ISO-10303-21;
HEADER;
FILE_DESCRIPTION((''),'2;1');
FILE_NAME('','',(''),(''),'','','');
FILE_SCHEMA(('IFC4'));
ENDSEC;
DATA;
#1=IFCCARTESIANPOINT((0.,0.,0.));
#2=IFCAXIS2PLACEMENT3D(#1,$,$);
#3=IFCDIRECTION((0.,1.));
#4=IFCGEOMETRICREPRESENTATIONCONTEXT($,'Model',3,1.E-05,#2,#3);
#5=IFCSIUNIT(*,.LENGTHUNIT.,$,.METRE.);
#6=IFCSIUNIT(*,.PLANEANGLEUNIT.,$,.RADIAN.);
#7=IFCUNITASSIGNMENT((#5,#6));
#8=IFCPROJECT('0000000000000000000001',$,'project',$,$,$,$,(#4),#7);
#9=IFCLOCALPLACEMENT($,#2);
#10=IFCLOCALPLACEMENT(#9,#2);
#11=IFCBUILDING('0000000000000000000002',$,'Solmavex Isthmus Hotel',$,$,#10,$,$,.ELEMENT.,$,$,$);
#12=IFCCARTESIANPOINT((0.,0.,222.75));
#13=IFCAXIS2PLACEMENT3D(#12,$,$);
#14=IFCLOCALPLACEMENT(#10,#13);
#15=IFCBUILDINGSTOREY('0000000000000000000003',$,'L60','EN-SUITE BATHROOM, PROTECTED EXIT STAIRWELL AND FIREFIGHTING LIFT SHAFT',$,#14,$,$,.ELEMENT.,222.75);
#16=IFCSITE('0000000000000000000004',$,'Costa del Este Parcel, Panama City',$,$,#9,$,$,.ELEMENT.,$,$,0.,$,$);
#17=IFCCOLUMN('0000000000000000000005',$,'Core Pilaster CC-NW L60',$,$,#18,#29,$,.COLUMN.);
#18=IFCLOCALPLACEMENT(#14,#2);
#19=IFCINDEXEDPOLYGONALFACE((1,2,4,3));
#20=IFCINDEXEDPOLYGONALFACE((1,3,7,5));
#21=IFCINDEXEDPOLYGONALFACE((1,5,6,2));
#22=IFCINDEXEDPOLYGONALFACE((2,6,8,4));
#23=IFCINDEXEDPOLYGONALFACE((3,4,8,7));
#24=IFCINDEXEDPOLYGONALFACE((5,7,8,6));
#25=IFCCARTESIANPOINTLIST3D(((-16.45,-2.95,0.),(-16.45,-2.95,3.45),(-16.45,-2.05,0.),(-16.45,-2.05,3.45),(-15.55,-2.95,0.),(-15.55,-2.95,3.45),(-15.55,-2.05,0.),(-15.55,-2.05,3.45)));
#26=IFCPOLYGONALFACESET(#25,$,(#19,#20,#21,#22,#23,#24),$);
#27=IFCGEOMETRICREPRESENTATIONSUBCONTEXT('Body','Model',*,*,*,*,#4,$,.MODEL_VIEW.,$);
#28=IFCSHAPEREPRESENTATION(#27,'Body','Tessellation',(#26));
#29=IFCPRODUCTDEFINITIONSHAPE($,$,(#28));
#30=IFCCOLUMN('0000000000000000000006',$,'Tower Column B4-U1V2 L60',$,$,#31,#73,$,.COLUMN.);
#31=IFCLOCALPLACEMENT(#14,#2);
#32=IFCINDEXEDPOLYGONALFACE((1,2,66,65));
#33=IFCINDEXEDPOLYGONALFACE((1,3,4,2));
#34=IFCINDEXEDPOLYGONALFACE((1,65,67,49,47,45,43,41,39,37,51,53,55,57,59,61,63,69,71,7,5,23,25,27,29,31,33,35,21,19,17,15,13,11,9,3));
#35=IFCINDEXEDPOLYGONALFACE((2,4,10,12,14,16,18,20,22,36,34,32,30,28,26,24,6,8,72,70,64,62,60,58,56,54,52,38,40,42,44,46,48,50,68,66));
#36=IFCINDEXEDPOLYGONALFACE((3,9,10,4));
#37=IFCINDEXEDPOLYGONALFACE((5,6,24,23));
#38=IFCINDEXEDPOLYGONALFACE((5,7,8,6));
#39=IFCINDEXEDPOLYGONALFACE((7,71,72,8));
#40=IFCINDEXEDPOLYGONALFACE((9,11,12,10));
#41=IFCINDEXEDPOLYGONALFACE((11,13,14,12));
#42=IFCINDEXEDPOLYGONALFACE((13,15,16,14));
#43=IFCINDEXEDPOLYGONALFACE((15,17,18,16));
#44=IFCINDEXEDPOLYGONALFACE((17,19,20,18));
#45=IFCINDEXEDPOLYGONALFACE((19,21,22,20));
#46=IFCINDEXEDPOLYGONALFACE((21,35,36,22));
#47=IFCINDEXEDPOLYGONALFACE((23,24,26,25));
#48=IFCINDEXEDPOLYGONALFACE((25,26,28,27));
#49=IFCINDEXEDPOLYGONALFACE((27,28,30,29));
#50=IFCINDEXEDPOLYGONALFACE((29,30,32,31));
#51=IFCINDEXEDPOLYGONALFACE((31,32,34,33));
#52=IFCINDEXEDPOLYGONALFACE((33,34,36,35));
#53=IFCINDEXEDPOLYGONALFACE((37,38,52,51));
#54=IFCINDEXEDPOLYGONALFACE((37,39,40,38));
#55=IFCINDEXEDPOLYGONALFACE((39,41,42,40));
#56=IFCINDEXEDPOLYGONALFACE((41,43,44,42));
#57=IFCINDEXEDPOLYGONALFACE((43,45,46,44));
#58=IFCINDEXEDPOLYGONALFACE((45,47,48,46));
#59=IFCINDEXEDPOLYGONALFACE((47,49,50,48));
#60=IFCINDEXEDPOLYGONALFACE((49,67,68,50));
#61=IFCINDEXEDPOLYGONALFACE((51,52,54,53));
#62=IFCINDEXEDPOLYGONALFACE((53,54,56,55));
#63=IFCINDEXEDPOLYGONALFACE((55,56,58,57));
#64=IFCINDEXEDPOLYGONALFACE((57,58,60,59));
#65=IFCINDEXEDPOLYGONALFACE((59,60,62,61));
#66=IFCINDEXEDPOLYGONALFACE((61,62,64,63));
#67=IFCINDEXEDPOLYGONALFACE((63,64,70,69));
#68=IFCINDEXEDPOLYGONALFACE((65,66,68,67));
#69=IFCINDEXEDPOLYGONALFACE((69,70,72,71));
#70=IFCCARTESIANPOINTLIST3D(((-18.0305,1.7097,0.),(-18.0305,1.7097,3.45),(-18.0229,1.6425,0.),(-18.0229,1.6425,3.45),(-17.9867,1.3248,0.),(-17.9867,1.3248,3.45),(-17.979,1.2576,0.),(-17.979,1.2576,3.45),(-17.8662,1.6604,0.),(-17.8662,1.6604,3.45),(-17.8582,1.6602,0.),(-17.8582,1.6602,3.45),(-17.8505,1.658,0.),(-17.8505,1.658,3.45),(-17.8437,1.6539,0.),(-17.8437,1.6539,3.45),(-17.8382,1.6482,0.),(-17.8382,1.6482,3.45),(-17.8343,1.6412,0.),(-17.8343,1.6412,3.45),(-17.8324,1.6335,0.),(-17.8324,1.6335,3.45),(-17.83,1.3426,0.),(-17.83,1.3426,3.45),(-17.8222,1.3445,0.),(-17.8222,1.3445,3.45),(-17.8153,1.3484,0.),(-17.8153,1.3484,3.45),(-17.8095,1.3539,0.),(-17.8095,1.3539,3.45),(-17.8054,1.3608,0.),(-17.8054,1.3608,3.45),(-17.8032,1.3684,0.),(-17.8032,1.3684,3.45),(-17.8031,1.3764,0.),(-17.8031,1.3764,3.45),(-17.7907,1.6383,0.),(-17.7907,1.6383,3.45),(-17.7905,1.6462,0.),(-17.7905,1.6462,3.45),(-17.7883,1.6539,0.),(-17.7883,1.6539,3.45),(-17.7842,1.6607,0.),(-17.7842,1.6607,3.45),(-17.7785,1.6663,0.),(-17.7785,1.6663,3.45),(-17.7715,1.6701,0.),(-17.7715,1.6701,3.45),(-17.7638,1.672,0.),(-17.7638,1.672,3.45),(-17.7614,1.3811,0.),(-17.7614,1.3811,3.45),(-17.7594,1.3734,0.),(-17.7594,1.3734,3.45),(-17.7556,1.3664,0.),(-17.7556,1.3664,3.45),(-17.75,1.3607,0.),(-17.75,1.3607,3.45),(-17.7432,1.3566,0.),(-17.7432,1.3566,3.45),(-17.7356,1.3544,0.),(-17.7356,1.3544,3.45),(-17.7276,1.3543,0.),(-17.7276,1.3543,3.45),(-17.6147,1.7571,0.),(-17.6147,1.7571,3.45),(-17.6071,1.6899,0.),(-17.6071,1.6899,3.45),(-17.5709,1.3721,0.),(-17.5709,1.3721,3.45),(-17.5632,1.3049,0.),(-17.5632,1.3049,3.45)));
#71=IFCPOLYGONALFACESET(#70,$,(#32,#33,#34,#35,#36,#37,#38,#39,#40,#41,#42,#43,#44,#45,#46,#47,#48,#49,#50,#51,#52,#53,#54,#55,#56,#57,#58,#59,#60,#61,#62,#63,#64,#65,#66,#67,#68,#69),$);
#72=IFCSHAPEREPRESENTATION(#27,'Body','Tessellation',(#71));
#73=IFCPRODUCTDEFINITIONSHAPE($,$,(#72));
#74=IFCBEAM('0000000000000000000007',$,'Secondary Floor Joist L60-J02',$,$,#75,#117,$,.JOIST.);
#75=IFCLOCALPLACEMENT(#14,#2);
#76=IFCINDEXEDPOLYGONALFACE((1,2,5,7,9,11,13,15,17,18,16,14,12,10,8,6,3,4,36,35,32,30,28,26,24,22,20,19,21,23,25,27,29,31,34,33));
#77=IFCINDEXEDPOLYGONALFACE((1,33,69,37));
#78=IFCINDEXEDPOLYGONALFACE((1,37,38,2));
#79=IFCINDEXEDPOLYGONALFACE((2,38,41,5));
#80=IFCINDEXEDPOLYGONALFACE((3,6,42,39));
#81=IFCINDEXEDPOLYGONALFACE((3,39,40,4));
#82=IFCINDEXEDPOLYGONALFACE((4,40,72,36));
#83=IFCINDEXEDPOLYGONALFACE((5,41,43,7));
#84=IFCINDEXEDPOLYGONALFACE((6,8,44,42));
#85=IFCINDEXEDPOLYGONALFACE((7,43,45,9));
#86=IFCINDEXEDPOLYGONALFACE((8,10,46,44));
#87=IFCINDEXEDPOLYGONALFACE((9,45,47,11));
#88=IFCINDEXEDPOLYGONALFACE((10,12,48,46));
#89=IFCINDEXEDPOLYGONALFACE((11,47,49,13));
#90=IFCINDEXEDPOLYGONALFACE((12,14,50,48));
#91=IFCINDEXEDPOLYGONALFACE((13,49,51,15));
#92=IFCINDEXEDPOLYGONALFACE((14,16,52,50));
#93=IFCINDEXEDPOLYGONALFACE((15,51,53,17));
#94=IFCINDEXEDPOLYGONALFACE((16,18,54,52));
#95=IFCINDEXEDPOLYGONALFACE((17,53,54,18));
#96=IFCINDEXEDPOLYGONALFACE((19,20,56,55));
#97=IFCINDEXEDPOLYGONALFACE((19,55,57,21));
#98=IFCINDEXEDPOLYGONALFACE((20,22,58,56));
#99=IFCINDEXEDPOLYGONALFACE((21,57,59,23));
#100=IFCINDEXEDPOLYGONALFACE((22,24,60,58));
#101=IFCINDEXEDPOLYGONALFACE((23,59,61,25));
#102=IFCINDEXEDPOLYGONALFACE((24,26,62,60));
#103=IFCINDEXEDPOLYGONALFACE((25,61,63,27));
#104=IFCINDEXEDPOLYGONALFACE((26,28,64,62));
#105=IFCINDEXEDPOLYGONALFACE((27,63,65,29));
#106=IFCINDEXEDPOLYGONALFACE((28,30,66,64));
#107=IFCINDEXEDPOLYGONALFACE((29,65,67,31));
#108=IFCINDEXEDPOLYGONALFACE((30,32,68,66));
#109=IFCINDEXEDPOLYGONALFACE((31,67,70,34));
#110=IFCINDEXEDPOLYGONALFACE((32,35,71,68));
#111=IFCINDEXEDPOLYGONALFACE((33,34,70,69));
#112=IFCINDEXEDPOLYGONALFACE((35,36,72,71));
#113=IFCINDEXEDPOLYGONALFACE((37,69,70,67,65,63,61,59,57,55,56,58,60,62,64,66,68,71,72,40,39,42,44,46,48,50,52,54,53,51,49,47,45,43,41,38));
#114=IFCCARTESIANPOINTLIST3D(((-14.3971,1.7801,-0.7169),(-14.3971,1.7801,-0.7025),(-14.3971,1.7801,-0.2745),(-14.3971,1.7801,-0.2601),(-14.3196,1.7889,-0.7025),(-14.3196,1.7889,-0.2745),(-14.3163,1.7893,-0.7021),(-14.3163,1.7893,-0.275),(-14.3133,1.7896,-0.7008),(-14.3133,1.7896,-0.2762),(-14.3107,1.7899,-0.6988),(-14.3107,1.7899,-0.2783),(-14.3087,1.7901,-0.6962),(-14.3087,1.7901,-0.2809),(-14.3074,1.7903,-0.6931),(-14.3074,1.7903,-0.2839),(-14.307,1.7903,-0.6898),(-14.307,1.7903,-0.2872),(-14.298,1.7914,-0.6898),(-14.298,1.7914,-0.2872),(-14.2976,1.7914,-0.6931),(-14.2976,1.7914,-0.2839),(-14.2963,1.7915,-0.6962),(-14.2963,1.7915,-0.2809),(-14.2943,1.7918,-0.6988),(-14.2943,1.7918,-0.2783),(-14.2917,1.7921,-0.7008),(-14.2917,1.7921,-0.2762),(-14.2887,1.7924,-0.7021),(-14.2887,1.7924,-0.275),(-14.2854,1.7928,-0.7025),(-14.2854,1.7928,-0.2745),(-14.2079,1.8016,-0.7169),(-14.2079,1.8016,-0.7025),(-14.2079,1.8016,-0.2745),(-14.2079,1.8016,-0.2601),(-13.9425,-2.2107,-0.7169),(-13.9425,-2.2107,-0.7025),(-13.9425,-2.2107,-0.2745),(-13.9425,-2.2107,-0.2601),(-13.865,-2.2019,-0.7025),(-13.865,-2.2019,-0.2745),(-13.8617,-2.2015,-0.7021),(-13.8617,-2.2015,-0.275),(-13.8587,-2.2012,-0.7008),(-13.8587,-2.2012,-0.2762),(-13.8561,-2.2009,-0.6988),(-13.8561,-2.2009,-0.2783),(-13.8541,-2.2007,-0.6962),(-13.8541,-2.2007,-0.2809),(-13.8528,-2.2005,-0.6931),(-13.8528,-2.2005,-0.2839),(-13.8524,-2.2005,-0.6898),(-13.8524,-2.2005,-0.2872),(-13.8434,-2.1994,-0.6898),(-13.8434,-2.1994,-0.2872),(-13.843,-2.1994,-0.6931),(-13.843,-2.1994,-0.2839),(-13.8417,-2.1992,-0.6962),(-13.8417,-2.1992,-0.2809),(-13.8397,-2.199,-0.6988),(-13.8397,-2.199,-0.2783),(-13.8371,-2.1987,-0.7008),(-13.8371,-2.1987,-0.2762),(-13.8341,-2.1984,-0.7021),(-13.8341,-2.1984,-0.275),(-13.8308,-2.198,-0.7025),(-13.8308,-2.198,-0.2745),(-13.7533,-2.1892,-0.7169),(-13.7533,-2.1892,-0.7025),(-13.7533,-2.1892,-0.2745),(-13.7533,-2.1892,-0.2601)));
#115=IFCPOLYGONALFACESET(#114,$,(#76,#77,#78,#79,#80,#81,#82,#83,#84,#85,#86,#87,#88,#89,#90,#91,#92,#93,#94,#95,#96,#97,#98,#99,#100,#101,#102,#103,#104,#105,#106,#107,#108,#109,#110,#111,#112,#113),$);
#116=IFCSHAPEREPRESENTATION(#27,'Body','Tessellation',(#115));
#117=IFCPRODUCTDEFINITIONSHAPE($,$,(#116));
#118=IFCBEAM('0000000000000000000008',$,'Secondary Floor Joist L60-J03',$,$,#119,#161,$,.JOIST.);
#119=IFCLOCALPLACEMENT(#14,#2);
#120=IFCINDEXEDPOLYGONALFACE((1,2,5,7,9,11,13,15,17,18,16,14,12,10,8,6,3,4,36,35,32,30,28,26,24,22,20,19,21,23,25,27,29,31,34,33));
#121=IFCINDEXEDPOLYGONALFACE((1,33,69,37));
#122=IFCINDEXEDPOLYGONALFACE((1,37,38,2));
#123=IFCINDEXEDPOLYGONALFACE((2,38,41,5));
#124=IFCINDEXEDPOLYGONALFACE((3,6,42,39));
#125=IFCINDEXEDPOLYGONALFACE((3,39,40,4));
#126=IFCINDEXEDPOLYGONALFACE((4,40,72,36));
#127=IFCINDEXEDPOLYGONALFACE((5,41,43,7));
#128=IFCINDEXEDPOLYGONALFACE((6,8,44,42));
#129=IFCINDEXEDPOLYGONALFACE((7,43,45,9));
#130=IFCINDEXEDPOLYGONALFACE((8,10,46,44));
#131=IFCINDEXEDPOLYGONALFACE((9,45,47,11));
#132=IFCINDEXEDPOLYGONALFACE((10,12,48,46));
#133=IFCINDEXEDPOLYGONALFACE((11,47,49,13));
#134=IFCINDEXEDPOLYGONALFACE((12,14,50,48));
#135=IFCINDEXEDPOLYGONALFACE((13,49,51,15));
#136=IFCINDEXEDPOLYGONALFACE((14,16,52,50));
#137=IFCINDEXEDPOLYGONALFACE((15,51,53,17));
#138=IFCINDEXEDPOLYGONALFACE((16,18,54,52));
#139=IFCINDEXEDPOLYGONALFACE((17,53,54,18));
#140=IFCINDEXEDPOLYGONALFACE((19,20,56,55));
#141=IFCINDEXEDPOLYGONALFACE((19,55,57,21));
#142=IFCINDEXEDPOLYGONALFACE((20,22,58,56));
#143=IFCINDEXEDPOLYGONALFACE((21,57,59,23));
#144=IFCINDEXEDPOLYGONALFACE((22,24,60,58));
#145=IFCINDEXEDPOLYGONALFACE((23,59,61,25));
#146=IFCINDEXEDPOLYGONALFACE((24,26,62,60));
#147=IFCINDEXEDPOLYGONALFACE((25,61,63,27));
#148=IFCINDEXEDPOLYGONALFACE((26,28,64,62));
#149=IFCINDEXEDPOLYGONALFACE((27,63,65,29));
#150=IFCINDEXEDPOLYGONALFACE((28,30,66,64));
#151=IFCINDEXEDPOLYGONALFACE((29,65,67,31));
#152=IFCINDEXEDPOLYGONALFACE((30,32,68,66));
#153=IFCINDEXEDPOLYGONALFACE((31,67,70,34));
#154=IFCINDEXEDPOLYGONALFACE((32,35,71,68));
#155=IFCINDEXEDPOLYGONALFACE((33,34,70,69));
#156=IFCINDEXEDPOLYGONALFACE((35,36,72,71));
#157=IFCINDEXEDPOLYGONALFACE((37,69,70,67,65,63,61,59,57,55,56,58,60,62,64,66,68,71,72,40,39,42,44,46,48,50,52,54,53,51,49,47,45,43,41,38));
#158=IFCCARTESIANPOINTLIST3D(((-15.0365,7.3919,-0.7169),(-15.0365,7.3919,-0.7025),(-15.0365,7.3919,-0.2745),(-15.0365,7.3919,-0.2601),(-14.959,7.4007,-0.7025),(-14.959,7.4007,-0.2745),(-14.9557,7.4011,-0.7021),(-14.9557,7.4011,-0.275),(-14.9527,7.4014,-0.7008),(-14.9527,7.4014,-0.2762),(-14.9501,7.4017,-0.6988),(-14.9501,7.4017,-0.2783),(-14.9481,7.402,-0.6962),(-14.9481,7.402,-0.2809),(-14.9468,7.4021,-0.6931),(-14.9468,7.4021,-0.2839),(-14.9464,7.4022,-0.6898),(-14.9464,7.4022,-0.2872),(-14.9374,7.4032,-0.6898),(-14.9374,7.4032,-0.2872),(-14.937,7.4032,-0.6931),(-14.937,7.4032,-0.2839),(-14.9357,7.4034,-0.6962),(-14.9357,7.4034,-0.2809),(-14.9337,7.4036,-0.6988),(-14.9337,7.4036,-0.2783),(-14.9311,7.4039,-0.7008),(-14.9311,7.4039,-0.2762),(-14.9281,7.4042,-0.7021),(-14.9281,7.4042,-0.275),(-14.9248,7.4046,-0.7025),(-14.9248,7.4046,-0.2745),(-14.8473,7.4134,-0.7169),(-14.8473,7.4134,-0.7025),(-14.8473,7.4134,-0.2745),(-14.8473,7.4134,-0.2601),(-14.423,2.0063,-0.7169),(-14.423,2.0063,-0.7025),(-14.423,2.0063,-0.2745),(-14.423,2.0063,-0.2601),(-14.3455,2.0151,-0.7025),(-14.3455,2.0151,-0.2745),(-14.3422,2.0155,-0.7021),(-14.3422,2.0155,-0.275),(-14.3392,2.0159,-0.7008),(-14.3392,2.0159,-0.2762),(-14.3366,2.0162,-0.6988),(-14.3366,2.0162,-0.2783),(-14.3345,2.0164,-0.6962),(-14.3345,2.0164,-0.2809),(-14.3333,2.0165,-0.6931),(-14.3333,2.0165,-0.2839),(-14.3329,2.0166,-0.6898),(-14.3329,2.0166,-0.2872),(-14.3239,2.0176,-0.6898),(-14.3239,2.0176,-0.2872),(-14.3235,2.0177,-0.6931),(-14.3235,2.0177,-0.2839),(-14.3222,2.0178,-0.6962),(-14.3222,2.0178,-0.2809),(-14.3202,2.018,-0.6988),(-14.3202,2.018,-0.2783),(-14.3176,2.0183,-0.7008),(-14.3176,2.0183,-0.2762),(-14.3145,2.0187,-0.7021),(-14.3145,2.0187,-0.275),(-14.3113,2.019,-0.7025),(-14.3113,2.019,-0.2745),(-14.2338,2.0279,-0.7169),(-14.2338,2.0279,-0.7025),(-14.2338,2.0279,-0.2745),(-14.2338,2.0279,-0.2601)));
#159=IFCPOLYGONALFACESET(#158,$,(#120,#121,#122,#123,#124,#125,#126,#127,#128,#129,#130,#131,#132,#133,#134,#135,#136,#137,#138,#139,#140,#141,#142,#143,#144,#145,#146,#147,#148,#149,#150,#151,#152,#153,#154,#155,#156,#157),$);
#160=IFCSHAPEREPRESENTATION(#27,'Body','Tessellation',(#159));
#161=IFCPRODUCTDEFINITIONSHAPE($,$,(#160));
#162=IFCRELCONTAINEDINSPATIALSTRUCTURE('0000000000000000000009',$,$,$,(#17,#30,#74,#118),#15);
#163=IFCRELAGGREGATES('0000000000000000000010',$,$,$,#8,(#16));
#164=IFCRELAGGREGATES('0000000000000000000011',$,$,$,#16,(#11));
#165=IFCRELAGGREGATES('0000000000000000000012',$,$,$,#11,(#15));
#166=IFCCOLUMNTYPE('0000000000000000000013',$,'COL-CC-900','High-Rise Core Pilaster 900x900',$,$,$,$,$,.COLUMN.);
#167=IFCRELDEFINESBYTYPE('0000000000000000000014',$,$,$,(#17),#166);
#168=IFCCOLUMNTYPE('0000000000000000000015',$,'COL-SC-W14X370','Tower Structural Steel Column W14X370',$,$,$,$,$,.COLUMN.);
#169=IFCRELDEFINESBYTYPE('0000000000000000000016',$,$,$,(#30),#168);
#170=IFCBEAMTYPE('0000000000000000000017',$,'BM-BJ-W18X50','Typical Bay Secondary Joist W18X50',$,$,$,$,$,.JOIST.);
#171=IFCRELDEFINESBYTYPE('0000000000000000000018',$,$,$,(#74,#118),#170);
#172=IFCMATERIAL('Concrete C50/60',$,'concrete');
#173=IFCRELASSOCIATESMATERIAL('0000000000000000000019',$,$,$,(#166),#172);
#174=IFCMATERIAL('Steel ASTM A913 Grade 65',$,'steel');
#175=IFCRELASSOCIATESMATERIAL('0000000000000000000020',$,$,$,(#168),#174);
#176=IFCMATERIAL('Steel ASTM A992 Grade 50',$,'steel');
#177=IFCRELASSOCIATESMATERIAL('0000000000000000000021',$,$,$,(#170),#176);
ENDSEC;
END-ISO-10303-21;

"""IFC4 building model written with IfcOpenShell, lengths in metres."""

from ifc_helpers import new_model, si_unit, direction, frame, origin, origin_2d, place, context, subcontext, project, spatial, rectangle, i_section, extrude, material, material_profile, profile_set, type_object, element, save


model = new_model("IFC4")

# Units and contexts
model_context = context("Model", 3, precision=1e-05, world=origin(), true_north=direction((0.0, 1.0)))
body_context = subcontext(model_context, "Body", "Model", "MODEL_VIEW")
ifc_project = project(units=[si_unit("LENGTHUNIT", "METRE"), si_unit("PLANEANGLEUNIT", "RADIAN")], contexts=[model_context])

# Site, building, storey
site_placement = place(None, origin())
site = spatial("IfcSite", under=ifc_project, at=site_placement, Name="Costa del Este Parcel, Panama City", CompositionType="ELEMENT", RefElevation=0.0)
building_placement = place(site_placement, origin())
building = spatial("IfcBuilding", under=site, at=building_placement, Name="Solmavex Isthmus Hotel", CompositionType="ELEMENT")
storey_placement = place(building_placement, frame((0.0, 0.0, 222.75)))
storey = spatial("IfcBuildingStorey", under=building, at=storey_placement, Name="L60", Description="EN-SUITE BATHROOM, PROTECTED EXIT STAIRWELL AND FIREFIGHTING LIFT SHAFT", CompositionType="ELEMENT", Elevation=222.75)

# Columns
ifc_material_1 = material(Name="Concrete C50/60", Category="concrete")
ifc_material_profile_1 = material_profile(ifc_material_1, rectangle(XDim=0.8999, YDim=0.8999, at=origin_2d()), Name="RC900X900")
ifc_profile_set_1 = profile_set([ifc_material_profile_1], Name="Concrete C50/60")
column_type_1 = type_object("IfcColumnType", Name="COL-CC-900", Description="High-Rise Core Pilaster 900x900", PredefinedType="COLUMN", material=ifc_profile_set_1)
column_1_placement = place(storey_placement, frame((-16.0, -2.5, 0.0), z_axis=(0.0, 0.0, 1.0), x_axis=(1.0, 0.0, 0.0)))
element("IfcColumn", 1, at=column_1_placement, inside=storey, type_object=column_type_1, Name="Core Pilaster CC-NW L60", PredefinedType="COLUMN", context=body_context, shape_type="SweptSolid", body=[
    extrude(rectangle(XDim=0.8999, YDim=0.8999, at=origin_2d()), origin(), (0.0, 0.0, 1.0), 3.45),
])
ifc_material_2 = material(Name="Steel ASTM A913 Grade 65", Category="steel")
ifc_material_profile_2 = material_profile(ifc_material_2, i_section(OverallWidth=0.4185, OverallDepth=0.4551, WebThickness=0.042, FlangeThickness=0.0676, FilletRadius=0.0305, at=origin_2d()), Name="W14X370")
ifc_profile_set_2 = profile_set([ifc_material_profile_2], Name="Steel ASTM A913 Grade 65")
column_type_2 = type_object("IfcColumnType", Name="COL-SC-W14X370", Description="Tower Structural Steel Column W14X370", PredefinedType="COLUMN", material=ifc_profile_set_2)
column_2_placement = place(storey_placement, frame((-17.7969, 1.5073, 0.0), z_axis=(0.0, 0.0, 1.0), x_axis=(0.993572, 0.113203, 0.0)))
element("IfcColumn", 2, at=column_2_placement, inside=storey, type_object=column_type_2, Name="Tower Column B4-U1V2 L60", PredefinedType="COLUMN", context=body_context, shape_type="SweptSolid", body=[
    extrude(i_section(OverallWidth=0.4185, OverallDepth=0.4551, WebThickness=0.042, FlangeThickness=0.0676, FilletRadius=0.0305, at=origin_2d()), origin(), (0.0, 0.0, 1.0), 3.45),
])

# Beams
ifc_material_3 = material(Name="Steel ASTM A992 Grade 50", Category="steel")
ifc_material_profile_3 = material_profile(ifc_material_3, i_section(OverallWidth=0.1904, OverallDepth=0.4568, WebThickness=0.009, FlangeThickness=0.0144, FilletRadius=0.0127, at=origin_2d()), Name="W18X50")
ifc_profile_set_3 = profile_set([ifc_material_profile_3], Name="Steel ASTM A992 Grade 50")
beam_type_1 = type_object("IfcBeamType", Name="BM-BJ-W18X50", Description="Typical Bay Secondary Joist W18X50", PredefinedType="JOIST", material=ifc_profile_set_3)
beam_1_placement = place(storey_placement, frame((-13.8479, -2.2, -0.4885), z_axis=(-0.11318, 0.993575, 0.0), x_axis=(-0.993575, -0.11318, 0.0)))
element("IfcBeam", 3, at=beam_1_placement, inside=storey, type_object=beam_type_1, Name="Secondary Floor Joist L60-J02", PredefinedType="JOIST", context=body_context, shape_type="SweptSolid", body=[
    extrude(i_section(OverallWidth=0.1904, OverallDepth=0.4568, WebThickness=0.009, FlangeThickness=0.0144, FilletRadius=0.0127, at=origin_2d()), origin(), (0.0, 0.0, 1.0), 4.0166),
])
beam_2_placement = place(storey_placement, frame((-14.3284, 2.0171, -0.4885), z_axis=(-0.11319, 0.993573, 0.0), x_axis=(-0.993573, -0.11319, 0.0)))
element("IfcBeam", 4, at=beam_2_placement, inside=storey, type_object=beam_type_1, Name="Secondary Floor Joist L60-J03", PredefinedType="JOIST", context=body_context, shape_type="SweptSolid", body=[
    extrude(i_section(OverallWidth=0.1904, OverallDepth=0.4568, WebThickness=0.009, FlangeThickness=0.0144, FilletRadius=0.0127, at=origin_2d()), origin(), (0.0, 0.0, 1.0), 5.4204),
])

save(model, "model.ifc")
